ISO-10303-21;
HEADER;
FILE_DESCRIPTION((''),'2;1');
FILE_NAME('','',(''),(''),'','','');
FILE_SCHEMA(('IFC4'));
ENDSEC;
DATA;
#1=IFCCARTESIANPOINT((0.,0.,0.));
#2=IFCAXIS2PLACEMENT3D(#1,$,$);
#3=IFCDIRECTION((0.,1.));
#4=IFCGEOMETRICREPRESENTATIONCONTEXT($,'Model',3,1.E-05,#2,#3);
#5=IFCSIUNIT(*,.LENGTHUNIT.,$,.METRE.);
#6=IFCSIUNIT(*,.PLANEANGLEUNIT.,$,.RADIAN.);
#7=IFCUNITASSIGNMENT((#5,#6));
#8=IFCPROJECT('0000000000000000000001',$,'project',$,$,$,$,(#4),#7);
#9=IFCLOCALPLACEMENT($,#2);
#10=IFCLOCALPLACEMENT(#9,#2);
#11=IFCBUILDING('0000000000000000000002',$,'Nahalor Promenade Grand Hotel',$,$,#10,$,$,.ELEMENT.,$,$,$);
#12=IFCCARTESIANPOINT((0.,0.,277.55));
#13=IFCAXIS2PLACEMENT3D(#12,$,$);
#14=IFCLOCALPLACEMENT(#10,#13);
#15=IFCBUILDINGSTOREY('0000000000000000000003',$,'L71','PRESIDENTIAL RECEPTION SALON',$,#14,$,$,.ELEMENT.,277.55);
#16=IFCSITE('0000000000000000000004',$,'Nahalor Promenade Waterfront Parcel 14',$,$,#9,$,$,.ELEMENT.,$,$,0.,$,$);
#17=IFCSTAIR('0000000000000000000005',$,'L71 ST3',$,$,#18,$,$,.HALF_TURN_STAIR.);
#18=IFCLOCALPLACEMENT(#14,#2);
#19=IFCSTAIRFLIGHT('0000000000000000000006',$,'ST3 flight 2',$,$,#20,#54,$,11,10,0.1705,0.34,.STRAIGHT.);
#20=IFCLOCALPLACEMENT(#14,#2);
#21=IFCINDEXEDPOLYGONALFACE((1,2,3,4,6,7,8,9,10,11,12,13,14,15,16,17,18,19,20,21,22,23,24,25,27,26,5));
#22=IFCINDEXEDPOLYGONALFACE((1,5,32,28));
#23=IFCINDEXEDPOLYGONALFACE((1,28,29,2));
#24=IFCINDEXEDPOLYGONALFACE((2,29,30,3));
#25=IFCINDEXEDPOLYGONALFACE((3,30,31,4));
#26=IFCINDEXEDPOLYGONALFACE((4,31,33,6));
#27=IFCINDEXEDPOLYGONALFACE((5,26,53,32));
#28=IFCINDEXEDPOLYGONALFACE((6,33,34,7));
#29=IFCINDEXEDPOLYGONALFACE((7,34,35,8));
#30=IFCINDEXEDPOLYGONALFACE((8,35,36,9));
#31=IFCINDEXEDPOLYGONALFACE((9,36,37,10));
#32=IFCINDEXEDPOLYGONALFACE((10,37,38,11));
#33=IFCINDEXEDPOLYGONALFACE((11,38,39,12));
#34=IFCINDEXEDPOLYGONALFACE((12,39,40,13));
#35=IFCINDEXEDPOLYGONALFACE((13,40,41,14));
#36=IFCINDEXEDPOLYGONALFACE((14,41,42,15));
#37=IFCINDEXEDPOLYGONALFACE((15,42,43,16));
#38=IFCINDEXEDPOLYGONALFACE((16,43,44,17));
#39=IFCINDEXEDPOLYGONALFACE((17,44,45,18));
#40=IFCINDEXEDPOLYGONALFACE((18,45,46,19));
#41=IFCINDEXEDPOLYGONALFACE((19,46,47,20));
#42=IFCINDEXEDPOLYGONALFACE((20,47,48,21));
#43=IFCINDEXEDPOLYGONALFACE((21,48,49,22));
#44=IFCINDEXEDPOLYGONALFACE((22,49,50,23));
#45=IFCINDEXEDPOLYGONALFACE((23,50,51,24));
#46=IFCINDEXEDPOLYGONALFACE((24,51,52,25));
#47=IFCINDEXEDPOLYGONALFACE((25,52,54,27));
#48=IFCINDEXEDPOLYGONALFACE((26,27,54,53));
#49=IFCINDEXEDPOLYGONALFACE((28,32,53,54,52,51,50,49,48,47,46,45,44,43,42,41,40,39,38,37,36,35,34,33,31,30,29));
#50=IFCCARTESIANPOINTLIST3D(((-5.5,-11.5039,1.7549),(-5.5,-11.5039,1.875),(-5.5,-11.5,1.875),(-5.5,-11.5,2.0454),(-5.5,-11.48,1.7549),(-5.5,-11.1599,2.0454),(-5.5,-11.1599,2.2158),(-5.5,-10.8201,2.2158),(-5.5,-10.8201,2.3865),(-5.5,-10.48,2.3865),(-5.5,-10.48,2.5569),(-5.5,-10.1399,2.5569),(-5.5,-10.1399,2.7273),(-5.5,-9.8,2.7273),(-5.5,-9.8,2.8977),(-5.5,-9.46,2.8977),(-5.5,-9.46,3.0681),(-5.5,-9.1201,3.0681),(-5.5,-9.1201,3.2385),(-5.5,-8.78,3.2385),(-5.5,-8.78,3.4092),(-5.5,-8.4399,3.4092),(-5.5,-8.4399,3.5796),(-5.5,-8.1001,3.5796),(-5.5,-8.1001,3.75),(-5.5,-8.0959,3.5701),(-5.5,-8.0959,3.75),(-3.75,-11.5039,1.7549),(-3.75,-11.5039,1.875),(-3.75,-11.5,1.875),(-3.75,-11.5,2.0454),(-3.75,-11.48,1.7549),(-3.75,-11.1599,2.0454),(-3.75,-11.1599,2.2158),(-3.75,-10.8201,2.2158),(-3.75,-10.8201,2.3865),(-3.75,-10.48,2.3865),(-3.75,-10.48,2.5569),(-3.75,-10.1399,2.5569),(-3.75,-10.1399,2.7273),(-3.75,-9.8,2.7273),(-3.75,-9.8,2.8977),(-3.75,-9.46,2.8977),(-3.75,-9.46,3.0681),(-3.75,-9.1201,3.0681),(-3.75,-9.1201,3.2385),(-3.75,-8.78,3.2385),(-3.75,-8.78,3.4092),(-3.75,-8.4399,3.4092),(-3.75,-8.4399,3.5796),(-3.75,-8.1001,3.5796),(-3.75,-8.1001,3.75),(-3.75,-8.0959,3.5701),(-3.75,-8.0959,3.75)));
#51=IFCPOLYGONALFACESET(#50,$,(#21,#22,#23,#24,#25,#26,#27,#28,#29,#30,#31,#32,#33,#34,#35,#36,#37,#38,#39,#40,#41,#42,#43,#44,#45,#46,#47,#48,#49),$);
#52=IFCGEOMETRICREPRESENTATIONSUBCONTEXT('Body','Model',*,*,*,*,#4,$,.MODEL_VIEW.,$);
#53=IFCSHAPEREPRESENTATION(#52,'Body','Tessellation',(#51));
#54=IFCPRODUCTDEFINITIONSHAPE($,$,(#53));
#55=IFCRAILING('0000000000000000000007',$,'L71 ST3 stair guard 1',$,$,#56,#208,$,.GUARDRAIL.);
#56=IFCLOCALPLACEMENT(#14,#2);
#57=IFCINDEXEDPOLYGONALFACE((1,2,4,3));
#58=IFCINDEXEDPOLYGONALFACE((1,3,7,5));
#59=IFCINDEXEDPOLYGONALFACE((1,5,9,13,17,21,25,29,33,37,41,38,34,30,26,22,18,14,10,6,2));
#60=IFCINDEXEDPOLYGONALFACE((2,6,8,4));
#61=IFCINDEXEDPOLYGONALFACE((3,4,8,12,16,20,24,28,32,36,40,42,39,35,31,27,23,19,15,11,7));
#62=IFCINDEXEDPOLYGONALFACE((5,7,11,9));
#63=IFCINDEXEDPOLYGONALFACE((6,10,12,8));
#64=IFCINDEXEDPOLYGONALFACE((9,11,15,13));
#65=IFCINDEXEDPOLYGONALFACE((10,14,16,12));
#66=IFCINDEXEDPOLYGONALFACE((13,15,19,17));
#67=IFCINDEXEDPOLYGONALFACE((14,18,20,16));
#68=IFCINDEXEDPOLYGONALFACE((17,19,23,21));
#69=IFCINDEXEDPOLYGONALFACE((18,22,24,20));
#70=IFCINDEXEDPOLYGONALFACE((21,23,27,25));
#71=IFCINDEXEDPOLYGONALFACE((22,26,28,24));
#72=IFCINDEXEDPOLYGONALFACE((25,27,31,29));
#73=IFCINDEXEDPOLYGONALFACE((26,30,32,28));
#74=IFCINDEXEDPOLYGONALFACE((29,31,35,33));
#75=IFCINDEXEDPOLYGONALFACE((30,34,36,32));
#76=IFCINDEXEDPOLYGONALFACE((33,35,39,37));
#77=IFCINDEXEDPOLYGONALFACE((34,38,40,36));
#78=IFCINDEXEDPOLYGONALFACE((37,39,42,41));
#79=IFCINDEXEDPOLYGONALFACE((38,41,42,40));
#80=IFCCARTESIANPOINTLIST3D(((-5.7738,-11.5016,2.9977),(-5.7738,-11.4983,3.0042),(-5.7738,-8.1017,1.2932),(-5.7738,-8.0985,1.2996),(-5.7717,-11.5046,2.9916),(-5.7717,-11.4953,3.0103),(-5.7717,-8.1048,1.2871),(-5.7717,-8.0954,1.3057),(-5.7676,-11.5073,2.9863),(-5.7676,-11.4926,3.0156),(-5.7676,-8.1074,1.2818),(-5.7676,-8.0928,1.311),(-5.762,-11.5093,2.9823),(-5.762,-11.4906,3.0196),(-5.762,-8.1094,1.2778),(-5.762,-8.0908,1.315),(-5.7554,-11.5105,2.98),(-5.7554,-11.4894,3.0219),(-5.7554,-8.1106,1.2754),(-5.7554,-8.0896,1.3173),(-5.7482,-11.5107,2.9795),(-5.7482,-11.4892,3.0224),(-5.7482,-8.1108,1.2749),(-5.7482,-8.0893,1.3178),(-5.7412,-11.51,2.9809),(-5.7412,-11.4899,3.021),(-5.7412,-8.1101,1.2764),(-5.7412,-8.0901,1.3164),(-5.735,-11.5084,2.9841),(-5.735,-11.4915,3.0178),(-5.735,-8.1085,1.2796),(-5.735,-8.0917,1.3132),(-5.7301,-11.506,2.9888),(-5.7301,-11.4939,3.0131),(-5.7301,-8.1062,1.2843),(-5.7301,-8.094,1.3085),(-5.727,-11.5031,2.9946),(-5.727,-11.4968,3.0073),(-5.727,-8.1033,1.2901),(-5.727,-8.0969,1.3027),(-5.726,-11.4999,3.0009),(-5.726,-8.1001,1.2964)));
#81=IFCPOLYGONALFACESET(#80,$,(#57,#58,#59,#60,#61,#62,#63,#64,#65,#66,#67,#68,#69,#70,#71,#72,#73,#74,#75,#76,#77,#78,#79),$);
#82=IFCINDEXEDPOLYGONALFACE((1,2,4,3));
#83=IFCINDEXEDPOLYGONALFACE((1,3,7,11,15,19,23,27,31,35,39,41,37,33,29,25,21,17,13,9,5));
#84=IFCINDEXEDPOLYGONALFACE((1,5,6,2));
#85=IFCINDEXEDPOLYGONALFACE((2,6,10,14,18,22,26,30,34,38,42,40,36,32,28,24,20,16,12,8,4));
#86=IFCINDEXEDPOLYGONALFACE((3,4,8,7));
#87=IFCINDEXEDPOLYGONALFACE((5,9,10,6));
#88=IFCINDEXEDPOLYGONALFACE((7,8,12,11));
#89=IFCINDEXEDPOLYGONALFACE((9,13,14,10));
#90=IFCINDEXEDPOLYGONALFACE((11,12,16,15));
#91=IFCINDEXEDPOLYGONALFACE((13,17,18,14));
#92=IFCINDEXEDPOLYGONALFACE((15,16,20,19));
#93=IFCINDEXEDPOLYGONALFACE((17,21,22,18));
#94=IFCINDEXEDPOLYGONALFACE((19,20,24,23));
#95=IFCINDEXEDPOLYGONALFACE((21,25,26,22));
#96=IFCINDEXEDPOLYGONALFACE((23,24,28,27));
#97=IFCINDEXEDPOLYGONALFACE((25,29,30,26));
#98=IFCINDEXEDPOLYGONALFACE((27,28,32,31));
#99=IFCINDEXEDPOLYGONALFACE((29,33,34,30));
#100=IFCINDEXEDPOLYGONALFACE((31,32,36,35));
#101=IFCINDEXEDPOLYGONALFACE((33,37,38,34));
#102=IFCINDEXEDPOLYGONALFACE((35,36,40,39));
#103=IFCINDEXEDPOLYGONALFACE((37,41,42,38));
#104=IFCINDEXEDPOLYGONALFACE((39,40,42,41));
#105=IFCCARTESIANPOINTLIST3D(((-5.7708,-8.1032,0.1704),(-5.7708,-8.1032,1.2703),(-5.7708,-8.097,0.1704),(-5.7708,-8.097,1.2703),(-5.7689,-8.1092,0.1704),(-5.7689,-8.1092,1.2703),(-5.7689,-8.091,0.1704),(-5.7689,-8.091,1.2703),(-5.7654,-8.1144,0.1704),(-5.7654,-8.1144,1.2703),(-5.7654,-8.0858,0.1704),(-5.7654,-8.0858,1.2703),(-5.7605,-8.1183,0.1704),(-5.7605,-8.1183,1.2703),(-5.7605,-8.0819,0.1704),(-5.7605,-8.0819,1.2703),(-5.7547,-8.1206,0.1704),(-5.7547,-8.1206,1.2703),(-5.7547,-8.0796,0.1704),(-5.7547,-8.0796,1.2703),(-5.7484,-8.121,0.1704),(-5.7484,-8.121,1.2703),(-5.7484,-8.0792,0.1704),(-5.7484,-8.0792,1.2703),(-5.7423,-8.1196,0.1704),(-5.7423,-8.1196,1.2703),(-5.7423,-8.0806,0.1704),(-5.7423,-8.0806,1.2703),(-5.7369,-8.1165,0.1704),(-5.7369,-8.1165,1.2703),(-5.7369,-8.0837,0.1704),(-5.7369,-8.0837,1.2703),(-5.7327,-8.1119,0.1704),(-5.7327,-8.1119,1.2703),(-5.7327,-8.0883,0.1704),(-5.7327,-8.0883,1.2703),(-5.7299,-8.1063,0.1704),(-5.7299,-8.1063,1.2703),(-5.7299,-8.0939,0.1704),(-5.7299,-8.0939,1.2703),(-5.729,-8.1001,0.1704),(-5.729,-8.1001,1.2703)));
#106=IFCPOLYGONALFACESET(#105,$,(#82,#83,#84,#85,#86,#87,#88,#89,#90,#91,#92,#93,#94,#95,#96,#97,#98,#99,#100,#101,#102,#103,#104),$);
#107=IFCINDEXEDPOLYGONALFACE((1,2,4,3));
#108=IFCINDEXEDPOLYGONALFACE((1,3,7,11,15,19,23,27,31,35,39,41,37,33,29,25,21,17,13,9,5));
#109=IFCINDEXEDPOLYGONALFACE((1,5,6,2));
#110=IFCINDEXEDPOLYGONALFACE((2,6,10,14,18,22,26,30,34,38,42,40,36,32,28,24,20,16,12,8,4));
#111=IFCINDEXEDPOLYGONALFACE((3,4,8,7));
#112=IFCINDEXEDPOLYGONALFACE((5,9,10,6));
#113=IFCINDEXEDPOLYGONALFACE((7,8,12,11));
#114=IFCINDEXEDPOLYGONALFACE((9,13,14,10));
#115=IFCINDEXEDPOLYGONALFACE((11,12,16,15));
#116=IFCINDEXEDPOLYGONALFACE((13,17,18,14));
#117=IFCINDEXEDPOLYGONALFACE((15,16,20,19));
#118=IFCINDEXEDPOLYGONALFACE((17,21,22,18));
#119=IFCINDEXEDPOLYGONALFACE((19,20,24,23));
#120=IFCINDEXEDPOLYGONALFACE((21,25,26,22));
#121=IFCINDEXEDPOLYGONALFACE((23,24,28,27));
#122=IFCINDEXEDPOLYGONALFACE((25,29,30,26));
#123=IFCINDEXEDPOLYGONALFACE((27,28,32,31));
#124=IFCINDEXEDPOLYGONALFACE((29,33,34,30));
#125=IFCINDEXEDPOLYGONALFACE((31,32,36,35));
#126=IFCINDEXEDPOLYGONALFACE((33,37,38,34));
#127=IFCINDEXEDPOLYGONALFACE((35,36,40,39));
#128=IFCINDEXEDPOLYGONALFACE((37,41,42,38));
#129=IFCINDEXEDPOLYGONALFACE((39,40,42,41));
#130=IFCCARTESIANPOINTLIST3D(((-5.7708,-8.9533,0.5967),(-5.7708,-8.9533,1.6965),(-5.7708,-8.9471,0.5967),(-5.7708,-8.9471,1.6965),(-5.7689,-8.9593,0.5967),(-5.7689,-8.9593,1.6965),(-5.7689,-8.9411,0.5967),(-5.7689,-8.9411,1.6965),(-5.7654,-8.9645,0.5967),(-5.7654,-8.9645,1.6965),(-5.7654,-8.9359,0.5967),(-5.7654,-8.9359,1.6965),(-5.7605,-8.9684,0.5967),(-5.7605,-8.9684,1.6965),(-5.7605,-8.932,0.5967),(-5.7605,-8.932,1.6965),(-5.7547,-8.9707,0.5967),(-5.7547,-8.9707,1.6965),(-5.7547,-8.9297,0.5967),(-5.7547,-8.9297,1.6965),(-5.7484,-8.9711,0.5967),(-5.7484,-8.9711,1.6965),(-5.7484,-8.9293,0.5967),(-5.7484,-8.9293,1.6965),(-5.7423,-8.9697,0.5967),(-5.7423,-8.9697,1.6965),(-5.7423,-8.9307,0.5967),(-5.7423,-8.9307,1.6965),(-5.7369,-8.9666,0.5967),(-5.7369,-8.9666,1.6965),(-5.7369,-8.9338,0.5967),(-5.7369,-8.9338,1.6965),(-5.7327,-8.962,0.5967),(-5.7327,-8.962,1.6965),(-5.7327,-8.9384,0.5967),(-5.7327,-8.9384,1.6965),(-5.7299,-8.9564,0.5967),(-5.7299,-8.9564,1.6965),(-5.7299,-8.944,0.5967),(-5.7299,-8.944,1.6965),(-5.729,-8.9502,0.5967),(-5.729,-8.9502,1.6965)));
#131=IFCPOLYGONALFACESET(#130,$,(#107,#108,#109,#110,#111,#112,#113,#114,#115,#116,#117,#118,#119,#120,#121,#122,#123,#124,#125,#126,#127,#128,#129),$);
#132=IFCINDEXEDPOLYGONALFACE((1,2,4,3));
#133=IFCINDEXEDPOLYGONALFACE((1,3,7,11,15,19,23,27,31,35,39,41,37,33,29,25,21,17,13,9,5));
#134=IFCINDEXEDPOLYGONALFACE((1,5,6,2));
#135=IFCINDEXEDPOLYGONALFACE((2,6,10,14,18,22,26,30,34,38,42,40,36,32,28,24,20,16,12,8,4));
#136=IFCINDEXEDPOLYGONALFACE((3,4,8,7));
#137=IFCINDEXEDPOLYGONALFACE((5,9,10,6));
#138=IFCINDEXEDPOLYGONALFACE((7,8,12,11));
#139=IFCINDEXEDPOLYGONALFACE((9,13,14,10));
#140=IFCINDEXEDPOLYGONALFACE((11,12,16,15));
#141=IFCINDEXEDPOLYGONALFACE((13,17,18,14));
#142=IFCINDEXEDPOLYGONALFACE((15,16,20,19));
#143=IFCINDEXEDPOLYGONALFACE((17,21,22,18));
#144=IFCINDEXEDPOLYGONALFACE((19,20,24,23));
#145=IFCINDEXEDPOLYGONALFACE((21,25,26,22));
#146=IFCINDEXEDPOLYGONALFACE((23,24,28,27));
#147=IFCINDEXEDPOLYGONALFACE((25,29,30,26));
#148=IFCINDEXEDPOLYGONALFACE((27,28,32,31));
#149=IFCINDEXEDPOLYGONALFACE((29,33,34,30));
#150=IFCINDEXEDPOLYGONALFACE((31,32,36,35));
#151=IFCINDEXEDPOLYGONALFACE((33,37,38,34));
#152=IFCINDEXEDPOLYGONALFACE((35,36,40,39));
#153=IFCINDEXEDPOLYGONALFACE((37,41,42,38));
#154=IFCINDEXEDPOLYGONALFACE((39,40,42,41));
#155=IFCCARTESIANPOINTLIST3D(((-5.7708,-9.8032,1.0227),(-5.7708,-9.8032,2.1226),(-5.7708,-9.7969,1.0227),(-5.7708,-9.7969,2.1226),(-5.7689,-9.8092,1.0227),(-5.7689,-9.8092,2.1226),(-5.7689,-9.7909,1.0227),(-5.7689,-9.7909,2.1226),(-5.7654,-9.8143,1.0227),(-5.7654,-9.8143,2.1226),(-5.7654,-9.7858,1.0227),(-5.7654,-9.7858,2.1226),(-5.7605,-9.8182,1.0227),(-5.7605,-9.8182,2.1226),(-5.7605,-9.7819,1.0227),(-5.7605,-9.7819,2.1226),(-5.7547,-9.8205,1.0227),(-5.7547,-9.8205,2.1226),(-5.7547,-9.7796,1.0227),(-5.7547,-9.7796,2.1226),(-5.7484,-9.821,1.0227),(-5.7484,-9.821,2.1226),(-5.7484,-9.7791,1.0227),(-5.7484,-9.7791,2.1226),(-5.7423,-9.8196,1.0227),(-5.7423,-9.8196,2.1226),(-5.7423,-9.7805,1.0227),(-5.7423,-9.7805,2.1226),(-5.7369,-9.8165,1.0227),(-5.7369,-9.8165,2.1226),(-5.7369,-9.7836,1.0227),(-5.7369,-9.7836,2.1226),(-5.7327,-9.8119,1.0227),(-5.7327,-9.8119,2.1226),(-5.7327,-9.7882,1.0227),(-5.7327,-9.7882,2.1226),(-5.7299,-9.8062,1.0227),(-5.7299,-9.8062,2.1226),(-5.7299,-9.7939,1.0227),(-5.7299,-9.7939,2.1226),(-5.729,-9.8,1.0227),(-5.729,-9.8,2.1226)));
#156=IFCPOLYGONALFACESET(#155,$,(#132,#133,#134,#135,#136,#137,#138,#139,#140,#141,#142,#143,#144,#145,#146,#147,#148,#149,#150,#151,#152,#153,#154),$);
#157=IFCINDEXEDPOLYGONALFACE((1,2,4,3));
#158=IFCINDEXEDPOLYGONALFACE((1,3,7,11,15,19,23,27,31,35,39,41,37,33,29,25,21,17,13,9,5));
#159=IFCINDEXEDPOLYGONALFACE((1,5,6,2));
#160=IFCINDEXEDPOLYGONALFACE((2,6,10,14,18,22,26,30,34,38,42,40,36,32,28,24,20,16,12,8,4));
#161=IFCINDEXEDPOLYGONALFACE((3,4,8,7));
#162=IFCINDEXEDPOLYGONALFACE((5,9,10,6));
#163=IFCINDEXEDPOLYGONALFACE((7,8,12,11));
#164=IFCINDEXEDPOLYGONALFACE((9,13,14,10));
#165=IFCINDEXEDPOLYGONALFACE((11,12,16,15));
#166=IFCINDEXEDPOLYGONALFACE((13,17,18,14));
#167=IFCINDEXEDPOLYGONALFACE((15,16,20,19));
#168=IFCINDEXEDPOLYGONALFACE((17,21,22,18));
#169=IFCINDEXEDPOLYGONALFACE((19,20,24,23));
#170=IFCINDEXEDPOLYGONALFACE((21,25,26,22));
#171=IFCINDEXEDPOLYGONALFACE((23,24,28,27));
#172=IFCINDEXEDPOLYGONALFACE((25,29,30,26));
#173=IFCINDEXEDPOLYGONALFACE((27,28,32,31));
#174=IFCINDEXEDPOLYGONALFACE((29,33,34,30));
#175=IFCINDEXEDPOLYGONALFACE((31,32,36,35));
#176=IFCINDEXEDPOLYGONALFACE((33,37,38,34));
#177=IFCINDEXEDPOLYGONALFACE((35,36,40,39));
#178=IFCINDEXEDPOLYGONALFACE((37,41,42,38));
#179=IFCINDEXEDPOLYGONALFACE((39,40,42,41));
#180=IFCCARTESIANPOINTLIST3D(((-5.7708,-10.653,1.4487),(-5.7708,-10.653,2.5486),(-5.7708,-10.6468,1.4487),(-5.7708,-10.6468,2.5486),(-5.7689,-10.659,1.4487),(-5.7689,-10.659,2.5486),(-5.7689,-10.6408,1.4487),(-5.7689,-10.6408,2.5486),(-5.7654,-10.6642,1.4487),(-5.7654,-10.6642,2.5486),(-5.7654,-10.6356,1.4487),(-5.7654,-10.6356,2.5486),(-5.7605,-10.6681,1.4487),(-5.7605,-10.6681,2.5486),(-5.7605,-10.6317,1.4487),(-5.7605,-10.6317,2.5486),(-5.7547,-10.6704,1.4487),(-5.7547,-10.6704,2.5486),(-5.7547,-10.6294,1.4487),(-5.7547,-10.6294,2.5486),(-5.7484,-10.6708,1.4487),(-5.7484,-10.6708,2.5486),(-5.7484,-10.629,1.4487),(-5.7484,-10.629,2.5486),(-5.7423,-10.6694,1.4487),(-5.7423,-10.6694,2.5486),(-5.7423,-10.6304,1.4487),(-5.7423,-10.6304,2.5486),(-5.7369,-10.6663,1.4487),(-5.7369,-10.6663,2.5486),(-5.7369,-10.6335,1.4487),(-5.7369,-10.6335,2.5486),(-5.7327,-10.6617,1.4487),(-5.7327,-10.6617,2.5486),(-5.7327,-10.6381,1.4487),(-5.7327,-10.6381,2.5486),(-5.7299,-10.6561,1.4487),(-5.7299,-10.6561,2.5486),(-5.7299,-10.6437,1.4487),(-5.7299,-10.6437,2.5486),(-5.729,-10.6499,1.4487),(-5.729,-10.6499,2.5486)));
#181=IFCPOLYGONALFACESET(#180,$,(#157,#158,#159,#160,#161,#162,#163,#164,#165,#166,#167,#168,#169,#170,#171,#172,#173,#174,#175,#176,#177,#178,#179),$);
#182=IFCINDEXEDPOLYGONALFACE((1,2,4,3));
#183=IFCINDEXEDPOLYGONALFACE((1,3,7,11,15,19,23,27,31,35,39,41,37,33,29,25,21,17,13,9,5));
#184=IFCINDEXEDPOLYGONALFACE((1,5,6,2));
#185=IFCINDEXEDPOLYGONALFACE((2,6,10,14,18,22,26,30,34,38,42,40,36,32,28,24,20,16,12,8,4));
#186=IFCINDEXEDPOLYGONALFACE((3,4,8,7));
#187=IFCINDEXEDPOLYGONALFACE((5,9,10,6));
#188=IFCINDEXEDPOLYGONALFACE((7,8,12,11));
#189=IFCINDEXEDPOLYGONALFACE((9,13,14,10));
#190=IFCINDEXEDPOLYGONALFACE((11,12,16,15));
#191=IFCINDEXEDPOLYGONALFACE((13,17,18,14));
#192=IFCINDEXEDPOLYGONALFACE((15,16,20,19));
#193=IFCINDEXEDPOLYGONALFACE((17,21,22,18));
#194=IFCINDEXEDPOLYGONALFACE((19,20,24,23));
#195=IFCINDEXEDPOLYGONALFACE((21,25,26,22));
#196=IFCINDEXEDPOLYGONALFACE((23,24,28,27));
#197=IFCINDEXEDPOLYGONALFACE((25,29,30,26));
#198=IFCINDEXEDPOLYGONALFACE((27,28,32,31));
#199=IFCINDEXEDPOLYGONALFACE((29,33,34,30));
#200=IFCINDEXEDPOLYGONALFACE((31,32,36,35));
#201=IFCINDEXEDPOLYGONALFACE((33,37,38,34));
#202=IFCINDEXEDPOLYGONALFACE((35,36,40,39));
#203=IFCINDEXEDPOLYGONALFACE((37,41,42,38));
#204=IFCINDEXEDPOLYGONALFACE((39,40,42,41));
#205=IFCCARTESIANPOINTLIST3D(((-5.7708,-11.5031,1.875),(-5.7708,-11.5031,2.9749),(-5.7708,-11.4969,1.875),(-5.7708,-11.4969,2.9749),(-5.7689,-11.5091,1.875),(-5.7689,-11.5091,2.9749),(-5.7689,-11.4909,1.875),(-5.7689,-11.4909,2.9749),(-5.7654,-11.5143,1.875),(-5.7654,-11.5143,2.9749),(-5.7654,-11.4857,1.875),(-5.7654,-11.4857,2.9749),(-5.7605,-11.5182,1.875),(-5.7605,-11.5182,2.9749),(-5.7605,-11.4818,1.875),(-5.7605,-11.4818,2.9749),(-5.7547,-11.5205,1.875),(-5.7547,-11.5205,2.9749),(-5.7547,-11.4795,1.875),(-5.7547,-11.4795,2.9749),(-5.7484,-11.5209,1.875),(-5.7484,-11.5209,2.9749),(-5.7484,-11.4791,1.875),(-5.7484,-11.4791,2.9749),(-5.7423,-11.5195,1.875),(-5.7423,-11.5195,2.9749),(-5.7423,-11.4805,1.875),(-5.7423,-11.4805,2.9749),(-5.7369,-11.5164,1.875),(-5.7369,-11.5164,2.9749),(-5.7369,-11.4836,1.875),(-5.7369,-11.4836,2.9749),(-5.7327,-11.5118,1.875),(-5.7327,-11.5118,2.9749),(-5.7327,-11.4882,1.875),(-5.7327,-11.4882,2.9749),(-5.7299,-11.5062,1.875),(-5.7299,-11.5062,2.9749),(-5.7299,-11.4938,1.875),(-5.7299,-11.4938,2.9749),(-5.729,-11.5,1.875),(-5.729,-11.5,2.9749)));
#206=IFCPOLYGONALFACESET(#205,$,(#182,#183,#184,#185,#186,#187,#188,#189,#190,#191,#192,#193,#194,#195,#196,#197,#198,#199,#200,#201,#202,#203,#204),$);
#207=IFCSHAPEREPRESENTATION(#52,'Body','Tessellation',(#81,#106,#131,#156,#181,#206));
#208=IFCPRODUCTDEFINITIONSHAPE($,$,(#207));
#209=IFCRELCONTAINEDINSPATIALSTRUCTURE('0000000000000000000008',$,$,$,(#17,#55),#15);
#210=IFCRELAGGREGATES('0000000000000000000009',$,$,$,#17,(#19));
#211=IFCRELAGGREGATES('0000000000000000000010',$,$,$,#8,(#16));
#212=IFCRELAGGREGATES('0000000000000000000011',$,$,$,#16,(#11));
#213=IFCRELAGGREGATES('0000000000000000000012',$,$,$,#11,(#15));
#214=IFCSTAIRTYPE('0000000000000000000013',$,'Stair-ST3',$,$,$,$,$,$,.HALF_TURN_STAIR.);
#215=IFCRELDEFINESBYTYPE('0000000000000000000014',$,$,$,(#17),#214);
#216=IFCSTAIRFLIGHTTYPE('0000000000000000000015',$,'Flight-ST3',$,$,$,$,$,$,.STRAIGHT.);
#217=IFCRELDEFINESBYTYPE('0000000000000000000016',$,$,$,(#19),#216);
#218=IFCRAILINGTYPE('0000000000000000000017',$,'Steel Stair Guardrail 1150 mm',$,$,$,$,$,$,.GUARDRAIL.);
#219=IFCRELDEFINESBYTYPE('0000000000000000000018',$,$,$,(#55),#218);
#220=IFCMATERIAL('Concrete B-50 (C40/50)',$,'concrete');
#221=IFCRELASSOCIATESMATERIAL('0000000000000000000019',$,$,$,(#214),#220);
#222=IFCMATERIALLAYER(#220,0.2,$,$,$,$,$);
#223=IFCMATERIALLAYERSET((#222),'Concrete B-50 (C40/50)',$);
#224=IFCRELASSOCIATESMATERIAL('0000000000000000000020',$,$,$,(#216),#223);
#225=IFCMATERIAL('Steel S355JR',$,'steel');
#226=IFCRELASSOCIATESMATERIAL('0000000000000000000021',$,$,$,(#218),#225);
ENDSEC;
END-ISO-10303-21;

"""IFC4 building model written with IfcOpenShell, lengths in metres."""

from ifc_helpers import new_model, si_unit, direction, frame, origin, origin_2d, place, context, subcontext, project, spatial, polyline, circle, outline, extrude, source, transform, mapped, material, layer, layer_set, type_object, element, aggregate, save


model = new_model("IFC4")

# Units and contexts
model_context = context("Model", 3, precision=1e-05, world=origin(), true_north=direction((0.0, 1.0)))
body_context = subcontext(model_context, "Body", "Model", "MODEL_VIEW")
ifc_project = project(units=[si_unit("LENGTHUNIT", "METRE"), si_unit("PLANEANGLEUNIT", "RADIAN")], contexts=[model_context])

# Site, building, storey
site_placement = place(None, origin())
site = spatial("IfcSite", under=ifc_project, at=site_placement, Name="Nahalor Promenade Waterfront Parcel 14", CompositionType="ELEMENT", RefElevation=0.0)
building_placement = place(site_placement, origin())
building = spatial("IfcBuilding", under=site, at=building_placement, Name="Nahalor Promenade Grand Hotel", CompositionType="ELEMENT")
storey_placement = place(building_placement, frame((0.0, 0.0, 277.55)))
storey = spatial("IfcBuildingStorey", under=building, at=storey_placement, Name="L71", Description="PRESIDENTIAL RECEPTION SALON", CompositionType="ELEMENT", Elevation=277.55)

# Shared definitions
ifc_material_1 = material(Name="Concrete B-50 (C40/50)", Category="concrete")

# Shared definitions
ifc_material_2 = material(Name="Steel S355JR", Category="steel")

# Stair, stair flight
stair_type = type_object("IfcStairType", Name="Stair-ST3", PredefinedType="HALF_TURN_STAIR", material=ifc_material_1)
stair_placement = place(storey_placement, origin())
stair = element("IfcStair", 1, at=stair_placement, inside=storey, type_object=stair_type, Name="L71 ST3", PredefinedType="HALF_TURN_STAIR")
ifc_layer_1 = layer(ifc_material_1, 0.2)
ifc_layer_set_1 = layer_set([ifc_layer_1], Name="Concrete B-50 (C40/50)")
stair_flight_type = type_object("IfcStairFlightType", Name="Flight-ST3", PredefinedType="STRAIGHT", material=ifc_layer_set_1)
shared_shape_1 = source(origin(), body_context, "Body", "SweptSolid", [
    extrude(outline(polyline([(-0.0039, -0.1201), (-0.0039, 0.0), (0.0, 0.0), (0.0, 0.1704), (0.3401, 0.1704), (0.3401, 0.3408), (0.6799, 0.3408), (0.6799, 0.5115), (1.02, 0.5115), (1.02, 0.6819), (1.3601, 0.6819), (1.3601, 0.8523), (1.7, 0.8523), (1.7, 1.0227), (2.04, 1.0227), (2.04, 1.1931), (2.3799, 1.1931), (2.3799, 1.3635), (2.72, 1.3635), (2.72, 1.5342), (3.0601, 1.5342), (3.0601, 1.7046), (3.3999, 1.7046), (3.3999, 1.875), (3.4041, 1.875), (3.4041, 1.6951), (0.02, -0.1201), (-0.0039, -0.1201)])), frame((0.0, 0.875, 0.0), z_axis=(0.0, -1.0, 0.0), x_axis=(1.0, 0.0, 0.0)), (0.0, 0.0, 1.0), 1.75),
])
stair_flight_1_placement = place(storey_placement, frame((-4.625, -11.5, 1.875), z_axis=(0.0, 0.0, 1.0), x_axis=(0.0, 1.0, 0.0)))
stair_flight_1 = element("IfcStairFlight", 2, at=stair_flight_1_placement, type_object=stair_flight_type, Name="ST3 flight 2", NumberOfRisers=11, NumberOfTreads=10, PredefinedType="STRAIGHT", RiserHeight=0.1705, TreadLength=0.34, context=body_context, shape_type="MappedRepresentation", body=[
    mapped(shared_shape_1, transform((0.0, 0.0, 0.0), scale=1.0)),
])
aggregate(stair, [stair_flight_1])

# Railing
railing_type_1 = type_object("IfcRailingType", Name="Steel Stair Guardrail 1150 mm", PredefinedType="GUARDRAIL", material=ifc_material_2)
railing_1_placement = place(storey_placement, frame((-5.75, -8.1001, 0.1704)))
element("IfcRailing", 3, at=railing_1_placement, inside=storey, type_object=railing_type_1, Name="L71 ST3 stair guard 1", PredefinedType="GUARDRAIL", context=body_context, shape_type="SweptSolid", body=[
    extrude(circle(Radius=0.024, at=origin_2d()), frame((0.0, 0.0, 1.126), z_axis=(0.0, -0.893939, 0.448189), x_axis=(1.0, 0.0, 0.0)), (0.0, 0.0, 1.0), 3.8032),
    extrude(circle(Radius=0.021, at=origin_2d()), origin(), (0.0, 0.0, 1.0), 1.0999),
    extrude(circle(Radius=0.021, at=origin_2d()), frame((0.0, -0.8501, 0.4263)), (0.0, 0.0, 1.0), 1.0999),
    extrude(circle(Radius=0.021, at=origin_2d()), frame((0.0, -1.7, 0.8523)), (0.0, 0.0, 1.0), 1.0999),
    extrude(circle(Radius=0.021, at=origin_2d()), frame((0.0, -2.5498, 1.2783)), (0.0, 0.0, 1.0), 1.0999),
    extrude(circle(Radius=0.021, at=origin_2d()), frame((0.0, -3.3999, 1.7046)), (0.0, 0.0, 1.0), 1.0999),
])

save(model, "model.ifc")
